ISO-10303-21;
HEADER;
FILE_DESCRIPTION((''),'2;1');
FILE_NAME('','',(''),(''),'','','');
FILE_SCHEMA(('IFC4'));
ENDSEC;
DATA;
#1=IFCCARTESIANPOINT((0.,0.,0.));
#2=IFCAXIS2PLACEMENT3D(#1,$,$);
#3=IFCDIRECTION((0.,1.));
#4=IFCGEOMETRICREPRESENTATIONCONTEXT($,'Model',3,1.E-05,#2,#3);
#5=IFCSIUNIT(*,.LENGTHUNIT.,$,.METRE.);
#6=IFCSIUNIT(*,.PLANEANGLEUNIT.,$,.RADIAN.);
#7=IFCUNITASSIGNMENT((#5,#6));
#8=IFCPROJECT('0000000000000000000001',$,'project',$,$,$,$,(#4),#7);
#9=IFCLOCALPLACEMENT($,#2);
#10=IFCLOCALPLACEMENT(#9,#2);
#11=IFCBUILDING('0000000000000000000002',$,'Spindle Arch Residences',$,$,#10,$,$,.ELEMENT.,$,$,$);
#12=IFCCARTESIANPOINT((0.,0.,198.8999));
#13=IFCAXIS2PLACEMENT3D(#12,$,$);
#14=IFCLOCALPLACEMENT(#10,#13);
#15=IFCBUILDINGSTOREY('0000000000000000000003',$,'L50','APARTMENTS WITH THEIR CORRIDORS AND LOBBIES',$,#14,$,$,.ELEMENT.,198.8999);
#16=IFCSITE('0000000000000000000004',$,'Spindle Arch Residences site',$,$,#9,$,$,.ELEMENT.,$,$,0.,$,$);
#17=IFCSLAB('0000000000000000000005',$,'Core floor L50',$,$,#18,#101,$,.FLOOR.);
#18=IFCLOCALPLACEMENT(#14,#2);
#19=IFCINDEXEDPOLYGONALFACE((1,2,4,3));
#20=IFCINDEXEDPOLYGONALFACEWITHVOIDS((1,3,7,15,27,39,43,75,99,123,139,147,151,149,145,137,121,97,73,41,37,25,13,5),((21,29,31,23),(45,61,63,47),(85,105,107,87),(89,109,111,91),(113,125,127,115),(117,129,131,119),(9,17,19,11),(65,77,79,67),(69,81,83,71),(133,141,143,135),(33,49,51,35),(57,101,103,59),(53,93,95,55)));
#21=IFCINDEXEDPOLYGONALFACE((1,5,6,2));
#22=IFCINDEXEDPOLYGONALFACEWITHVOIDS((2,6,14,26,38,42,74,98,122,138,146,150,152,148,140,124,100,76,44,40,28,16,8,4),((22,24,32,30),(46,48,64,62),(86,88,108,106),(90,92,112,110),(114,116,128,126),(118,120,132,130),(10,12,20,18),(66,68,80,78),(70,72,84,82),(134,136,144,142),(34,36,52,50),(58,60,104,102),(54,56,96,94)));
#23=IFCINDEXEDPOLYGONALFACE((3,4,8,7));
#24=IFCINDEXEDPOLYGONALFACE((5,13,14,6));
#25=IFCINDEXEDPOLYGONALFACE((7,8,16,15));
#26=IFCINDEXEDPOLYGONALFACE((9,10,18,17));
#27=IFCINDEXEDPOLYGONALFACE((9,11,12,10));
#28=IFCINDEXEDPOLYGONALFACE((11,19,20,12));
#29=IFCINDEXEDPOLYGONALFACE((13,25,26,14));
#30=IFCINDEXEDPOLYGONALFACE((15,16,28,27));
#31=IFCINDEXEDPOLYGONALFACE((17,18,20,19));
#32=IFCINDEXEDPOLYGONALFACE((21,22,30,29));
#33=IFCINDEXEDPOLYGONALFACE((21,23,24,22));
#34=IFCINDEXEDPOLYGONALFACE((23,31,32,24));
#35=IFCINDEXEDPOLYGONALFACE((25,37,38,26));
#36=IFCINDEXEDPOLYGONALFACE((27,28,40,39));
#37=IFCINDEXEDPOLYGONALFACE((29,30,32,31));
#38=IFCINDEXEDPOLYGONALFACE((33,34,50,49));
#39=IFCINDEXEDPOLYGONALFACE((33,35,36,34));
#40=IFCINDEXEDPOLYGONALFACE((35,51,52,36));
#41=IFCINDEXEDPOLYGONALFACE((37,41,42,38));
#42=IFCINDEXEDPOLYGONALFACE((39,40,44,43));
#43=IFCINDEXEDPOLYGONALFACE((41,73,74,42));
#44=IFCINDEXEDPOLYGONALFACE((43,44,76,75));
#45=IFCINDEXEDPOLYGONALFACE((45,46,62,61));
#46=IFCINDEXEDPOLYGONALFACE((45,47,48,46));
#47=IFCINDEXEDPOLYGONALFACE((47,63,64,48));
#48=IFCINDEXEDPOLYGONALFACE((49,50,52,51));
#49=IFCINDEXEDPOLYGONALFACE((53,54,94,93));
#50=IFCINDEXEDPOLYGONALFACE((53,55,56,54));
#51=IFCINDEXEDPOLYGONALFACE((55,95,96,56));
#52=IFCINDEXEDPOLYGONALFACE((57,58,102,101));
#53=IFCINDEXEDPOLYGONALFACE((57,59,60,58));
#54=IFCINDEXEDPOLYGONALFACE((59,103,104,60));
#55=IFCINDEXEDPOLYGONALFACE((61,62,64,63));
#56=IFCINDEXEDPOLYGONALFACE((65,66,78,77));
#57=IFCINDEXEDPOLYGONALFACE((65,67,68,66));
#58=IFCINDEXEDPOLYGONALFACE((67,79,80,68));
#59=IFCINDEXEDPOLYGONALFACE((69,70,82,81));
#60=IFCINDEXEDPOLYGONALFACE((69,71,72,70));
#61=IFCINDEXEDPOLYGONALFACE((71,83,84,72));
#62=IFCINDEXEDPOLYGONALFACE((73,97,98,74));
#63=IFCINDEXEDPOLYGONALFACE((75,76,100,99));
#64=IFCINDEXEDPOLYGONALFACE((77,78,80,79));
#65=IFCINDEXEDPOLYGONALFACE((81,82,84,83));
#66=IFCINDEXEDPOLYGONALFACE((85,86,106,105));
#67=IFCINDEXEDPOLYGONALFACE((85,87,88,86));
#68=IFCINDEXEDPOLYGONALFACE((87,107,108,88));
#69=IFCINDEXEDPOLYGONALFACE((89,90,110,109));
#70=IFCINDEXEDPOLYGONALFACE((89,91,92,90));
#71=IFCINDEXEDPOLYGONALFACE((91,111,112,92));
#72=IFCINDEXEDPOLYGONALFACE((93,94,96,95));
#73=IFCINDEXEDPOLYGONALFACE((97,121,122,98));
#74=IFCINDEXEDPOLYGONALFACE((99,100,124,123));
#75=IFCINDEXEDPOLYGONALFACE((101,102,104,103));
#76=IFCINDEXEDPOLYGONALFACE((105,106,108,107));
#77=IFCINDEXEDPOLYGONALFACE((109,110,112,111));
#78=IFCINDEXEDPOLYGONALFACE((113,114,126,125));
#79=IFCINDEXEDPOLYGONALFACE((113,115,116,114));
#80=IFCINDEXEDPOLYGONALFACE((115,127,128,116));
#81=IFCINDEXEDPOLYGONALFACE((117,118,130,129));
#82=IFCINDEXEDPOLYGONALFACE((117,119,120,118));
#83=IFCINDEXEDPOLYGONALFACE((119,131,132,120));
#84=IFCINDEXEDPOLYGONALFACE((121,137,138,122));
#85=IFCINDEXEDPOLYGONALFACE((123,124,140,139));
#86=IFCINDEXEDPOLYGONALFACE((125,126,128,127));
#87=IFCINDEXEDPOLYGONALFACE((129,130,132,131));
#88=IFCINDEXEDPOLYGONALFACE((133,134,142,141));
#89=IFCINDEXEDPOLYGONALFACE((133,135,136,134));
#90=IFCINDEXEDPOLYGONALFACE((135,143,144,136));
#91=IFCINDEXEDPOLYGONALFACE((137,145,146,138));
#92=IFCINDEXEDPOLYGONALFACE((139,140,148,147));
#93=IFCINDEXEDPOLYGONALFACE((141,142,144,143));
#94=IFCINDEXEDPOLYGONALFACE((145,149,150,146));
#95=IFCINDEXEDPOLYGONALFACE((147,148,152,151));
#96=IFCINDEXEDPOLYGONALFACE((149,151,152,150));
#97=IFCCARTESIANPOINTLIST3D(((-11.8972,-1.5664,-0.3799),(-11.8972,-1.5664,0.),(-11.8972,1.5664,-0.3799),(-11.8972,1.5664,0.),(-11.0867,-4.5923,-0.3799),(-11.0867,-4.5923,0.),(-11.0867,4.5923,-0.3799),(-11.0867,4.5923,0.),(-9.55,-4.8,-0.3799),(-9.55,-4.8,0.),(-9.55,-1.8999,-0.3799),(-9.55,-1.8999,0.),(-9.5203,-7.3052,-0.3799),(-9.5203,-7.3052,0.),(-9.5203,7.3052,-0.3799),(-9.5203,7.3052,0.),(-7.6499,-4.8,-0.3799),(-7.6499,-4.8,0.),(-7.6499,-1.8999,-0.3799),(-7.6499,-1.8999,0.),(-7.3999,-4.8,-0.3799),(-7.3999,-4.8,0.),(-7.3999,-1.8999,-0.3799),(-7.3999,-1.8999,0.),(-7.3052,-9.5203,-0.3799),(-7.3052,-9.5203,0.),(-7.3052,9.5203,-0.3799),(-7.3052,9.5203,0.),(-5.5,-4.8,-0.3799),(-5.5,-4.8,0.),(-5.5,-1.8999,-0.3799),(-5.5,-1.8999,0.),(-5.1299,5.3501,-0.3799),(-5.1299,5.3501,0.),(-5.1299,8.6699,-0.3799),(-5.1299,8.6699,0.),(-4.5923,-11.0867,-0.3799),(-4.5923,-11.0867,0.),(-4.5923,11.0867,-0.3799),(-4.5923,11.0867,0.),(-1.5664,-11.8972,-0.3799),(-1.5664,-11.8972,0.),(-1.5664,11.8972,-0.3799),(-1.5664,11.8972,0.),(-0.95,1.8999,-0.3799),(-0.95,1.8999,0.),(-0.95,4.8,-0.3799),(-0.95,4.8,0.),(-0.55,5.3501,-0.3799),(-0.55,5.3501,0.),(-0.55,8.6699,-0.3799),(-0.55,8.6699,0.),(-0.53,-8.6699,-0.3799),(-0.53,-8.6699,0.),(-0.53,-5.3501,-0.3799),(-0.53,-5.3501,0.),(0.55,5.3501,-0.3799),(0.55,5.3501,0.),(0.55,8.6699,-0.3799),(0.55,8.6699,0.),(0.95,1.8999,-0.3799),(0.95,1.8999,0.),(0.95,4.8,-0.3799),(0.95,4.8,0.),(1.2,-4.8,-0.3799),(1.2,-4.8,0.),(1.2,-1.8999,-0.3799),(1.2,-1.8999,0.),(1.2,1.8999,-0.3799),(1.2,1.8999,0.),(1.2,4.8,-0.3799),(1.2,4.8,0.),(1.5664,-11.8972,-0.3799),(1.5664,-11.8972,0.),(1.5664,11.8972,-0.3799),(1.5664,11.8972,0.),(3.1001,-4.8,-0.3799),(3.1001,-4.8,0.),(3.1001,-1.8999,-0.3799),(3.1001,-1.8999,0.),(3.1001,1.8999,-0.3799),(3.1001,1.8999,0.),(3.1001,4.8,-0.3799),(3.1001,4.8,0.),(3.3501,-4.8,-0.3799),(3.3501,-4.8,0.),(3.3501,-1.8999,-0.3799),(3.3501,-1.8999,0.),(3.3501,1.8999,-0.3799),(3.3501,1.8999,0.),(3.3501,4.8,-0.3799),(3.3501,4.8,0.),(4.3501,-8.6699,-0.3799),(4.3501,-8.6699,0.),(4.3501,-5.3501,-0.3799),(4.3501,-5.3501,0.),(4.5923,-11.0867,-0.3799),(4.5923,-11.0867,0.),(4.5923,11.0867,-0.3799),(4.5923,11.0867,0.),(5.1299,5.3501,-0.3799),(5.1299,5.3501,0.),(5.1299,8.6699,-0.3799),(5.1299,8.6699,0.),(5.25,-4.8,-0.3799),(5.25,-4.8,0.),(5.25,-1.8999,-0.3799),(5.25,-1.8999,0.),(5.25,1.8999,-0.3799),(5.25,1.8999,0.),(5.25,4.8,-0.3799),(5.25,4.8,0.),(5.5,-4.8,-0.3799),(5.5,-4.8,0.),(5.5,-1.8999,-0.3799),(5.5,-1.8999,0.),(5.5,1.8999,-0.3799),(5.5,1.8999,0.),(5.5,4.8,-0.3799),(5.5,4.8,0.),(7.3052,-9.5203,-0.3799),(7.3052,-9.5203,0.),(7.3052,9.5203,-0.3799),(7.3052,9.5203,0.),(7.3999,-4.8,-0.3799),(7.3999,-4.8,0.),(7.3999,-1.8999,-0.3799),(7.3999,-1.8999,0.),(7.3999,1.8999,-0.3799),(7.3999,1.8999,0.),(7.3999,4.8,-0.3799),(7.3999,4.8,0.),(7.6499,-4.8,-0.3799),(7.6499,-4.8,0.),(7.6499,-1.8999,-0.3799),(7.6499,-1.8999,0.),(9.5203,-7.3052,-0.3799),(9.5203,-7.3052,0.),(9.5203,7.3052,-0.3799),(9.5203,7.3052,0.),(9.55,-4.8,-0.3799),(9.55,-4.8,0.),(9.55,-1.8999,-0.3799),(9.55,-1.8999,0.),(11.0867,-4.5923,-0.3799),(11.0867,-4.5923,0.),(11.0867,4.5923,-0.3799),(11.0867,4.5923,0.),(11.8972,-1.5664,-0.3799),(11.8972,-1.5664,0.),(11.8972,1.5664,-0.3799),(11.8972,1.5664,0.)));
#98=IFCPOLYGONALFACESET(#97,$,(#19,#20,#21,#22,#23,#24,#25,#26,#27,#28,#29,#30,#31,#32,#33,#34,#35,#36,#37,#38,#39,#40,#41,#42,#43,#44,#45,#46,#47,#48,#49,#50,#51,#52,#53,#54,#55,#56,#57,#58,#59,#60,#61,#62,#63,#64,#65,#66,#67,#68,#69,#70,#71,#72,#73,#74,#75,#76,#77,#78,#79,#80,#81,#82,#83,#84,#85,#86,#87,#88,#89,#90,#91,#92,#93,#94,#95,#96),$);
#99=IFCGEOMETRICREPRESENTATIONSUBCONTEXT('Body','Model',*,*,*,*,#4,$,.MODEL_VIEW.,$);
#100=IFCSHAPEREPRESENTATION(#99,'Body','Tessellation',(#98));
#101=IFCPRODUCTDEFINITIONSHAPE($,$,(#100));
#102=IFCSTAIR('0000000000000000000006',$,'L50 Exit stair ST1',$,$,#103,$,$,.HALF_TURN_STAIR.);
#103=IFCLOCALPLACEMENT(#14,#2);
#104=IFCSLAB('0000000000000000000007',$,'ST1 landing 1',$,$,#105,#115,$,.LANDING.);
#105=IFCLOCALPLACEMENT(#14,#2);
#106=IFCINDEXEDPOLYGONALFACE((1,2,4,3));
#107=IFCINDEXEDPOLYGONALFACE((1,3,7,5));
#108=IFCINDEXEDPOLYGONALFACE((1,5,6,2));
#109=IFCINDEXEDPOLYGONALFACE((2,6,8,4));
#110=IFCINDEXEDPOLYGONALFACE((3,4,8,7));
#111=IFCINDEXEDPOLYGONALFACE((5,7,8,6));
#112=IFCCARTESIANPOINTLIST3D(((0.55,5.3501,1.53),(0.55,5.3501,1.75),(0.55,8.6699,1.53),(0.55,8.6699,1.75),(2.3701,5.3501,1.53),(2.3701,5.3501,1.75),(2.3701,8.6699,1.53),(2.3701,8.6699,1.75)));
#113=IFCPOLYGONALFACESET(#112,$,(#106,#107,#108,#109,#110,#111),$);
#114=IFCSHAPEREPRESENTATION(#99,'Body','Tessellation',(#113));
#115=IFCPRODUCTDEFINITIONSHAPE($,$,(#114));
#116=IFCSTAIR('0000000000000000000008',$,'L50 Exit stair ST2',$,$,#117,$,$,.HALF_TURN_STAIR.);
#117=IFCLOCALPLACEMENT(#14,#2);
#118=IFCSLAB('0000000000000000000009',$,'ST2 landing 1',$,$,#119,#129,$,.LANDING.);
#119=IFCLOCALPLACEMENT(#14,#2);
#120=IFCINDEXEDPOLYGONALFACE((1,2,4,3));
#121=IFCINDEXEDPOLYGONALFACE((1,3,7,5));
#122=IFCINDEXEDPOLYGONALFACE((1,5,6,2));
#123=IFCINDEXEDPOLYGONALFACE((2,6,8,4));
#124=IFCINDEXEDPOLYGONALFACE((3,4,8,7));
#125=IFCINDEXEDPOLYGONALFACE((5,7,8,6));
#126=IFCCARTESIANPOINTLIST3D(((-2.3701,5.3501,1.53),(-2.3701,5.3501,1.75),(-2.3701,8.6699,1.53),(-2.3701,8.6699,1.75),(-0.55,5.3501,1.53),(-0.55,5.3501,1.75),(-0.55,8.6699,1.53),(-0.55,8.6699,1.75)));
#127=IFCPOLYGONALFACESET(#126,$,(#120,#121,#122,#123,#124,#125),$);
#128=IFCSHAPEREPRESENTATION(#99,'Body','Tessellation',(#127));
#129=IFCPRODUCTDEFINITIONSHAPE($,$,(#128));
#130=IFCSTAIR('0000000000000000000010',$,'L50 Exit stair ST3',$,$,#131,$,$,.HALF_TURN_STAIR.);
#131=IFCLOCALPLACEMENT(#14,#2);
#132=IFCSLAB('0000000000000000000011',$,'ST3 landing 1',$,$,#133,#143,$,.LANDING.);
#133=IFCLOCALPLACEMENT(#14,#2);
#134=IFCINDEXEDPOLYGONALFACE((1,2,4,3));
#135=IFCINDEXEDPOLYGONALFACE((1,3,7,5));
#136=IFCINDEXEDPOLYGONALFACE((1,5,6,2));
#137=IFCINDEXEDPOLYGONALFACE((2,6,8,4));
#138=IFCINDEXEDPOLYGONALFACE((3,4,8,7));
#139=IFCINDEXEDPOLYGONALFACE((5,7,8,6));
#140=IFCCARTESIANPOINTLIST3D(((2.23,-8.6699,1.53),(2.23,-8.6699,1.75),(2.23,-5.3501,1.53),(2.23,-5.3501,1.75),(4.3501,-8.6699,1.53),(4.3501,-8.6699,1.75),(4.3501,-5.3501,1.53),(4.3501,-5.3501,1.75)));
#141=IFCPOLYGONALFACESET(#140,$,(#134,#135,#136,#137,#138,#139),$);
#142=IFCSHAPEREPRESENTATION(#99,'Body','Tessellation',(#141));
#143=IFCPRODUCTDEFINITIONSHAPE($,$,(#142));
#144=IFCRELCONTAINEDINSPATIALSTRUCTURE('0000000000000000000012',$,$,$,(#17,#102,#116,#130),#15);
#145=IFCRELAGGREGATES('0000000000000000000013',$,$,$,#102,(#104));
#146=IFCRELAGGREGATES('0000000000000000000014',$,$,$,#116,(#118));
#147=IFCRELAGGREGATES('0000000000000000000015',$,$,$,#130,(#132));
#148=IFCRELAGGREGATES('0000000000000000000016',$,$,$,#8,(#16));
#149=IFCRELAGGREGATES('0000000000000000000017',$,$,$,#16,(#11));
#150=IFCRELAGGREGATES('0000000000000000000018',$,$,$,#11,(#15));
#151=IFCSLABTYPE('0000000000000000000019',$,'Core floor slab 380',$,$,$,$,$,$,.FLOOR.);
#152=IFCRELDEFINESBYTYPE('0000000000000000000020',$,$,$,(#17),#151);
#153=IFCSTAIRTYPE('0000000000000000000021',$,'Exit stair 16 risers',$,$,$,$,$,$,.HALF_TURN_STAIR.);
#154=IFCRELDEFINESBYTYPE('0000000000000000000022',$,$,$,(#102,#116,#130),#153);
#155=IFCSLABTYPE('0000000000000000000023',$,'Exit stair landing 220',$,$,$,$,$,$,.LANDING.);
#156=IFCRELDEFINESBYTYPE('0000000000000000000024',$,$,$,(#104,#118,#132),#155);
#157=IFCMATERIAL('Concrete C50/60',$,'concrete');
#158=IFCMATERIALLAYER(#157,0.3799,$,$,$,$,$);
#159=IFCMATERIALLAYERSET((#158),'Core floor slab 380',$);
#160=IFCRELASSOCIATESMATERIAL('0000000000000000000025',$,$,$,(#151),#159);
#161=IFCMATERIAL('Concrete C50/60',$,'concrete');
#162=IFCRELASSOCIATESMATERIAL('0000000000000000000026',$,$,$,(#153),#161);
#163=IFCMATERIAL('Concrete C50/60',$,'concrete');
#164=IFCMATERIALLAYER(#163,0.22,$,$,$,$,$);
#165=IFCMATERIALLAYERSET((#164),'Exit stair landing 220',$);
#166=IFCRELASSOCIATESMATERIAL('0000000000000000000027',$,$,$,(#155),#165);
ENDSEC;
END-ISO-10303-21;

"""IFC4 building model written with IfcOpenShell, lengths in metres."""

from ifc_helpers import new_model, si_unit, direction, frame, origin, place, context, subcontext, project, spatial, polyline, outline, extrude, material, layer, layer_set, type_object, element, aggregate, save


model = new_model("IFC4")

# Units and contexts
model_context = context("Model", 3, precision=1e-05, world=origin(), true_north=direction((0.0, 1.0)))
body_context = subcontext(model_context, "Body", "Model", "MODEL_VIEW")
ifc_project = project(units=[si_unit("LENGTHUNIT", "METRE"), si_unit("PLANEANGLEUNIT", "RADIAN")], contexts=[model_context])

# Site, building, storey
site_placement = place(None, origin())
site = spatial("IfcSite", under=ifc_project, at=site_placement, Name="Spindle Arch Residences site", CompositionType="ELEMENT", RefElevation=0.0)
building_placement = place(site_placement, origin())
building = spatial("IfcBuilding", under=site, at=building_placement, Name="Spindle Arch Residences", CompositionType="ELEMENT")
storey_placement = place(building_placement, frame((0.0, 0.0, 198.8999)))
storey = spatial("IfcBuildingStorey", under=building, at=storey_placement, Name="L50", Description="APARTMENTS WITH THEIR CORRIDORS AND LOBBIES", CompositionType="ELEMENT", Elevation=198.8999)

# Slab
ifc_material_1 = material(Name="Concrete C50/60", Category="concrete")
ifc_layer_1 = layer(ifc_material_1, 0.3799)
ifc_layer_set_1 = layer_set([ifc_layer_1], Name="Core floor slab 380")
slab_type_1 = type_object("IfcSlabType", Name="Core floor slab 380", PredefinedType="FLOOR", material=ifc_layer_set_1)
slab_1_placement = place(storey_placement, frame((0.0, 0.0, -0.3799)))
element("IfcSlab", 1, at=slab_1_placement, inside=storey, type_object=slab_type_1, Name="Core floor L50", PredefinedType="FLOOR", context=body_context, shape_type="SweptSolid", body=[
    extrude(outline(polyline([(1.5664, -11.8972), (4.5923, -11.0867), (7.3052, -9.5203), (9.5203, -7.3052), (11.0867, -4.5923), (11.8972, -1.5664), (11.8972, 1.5664), (11.0867, 4.5923), (9.5203, 7.3052), (7.3052, 9.5203), (4.5923, 11.0867), (1.5664, 11.8972), (-1.5664, 11.8972), (-4.5923, 11.0867), (-7.3052, 9.5203), (-9.5203, 7.3052), (-11.0867, 4.5923), (-11.8972, 1.5664), (-11.8972, -1.5664), (-11.0867, -4.5923), (-9.5203, -7.3052), (-7.3052, -9.5203), (-4.5923, -11.0867), (-1.5664, -11.8972), (1.5664, -11.8972)]), holes=[polyline([(-0.95, 1.8999), (0.95, 1.8999), (0.95, 4.8), (-0.95, 4.8), (-0.95, 1.8999)]), polyline([(1.2, 1.8999), (3.1001, 1.8999), (3.1001, 4.8), (1.2, 4.8), (1.2, 1.8999)]), polyline([(3.3501, 1.8999), (5.25, 1.8999), (5.25, 4.8), (3.3501, 4.8), (3.3501, 1.8999)]), polyline([(5.5, 1.8999), (7.3999, 1.8999), (7.3999, 4.8), (5.5, 4.8), (5.5, 1.8999)]), polyline([(-9.55, -4.8), (-7.6499, -4.8), (-7.6499, -1.8999), (-9.55, -1.8999), (-9.55, -4.8)]), polyline([(-7.3999, -4.8), (-5.5, -4.8), (-5.5, -1.8999), (-7.3999, -1.8999), (-7.3999, -4.8)]), polyline([(1.2, -4.8), (3.1001, -4.8), (3.1001, -1.8999), (1.2, -1.8999), (1.2, -4.8)]), polyline([(3.3501, -4.8), (5.25, -4.8), (5.25, -1.8999), (3.3501, -1.8999), (3.3501, -4.8)]), polyline([(5.5, -4.8), (7.3999, -4.8), (7.3999, -1.8999), (5.5, -1.8999), (5.5, -4.8)]), polyline([(7.6499, -4.8), (9.55, -4.8), (9.55, -1.8999), (7.6499, -1.8999), (7.6499, -4.8)]), polyline([(5.1299, 8.6699), (0.55, 8.6699), (0.55, 5.3501), (5.1299, 5.3501), (5.1299, 8.6699)]), polyline([(-5.1299, 5.3501), (-0.55, 5.3501), (-0.55, 8.6699), (-5.1299, 8.6699), (-5.1299, 5.3501)]), polyline([(-0.53, -8.6699), (4.3501, -8.6699), (4.3501, -5.3501), (-0.53, -5.3501), (-0.53, -8.6699)])]), origin(), (0.0, 0.0, 1.0), 0.3799),
])

# Stairs, slabs
ifc_material_2 = material(Name="Concrete C50/60", Category="concrete")
stair_type = type_object("IfcStairType", Name="Exit stair 16 risers", PredefinedType="HALF_TURN_STAIR", material=ifc_material_2)
stair_1_placement = place(storey_placement, origin())
stair_1 = element("IfcStair", 2, at=stair_1_placement, inside=storey, type_object=stair_type, Name="L50 Exit stair ST1", PredefinedType="HALF_TURN_STAIR")
ifc_material_3 = material(Name="Concrete C50/60", Category="concrete")
ifc_layer_2 = layer(ifc_material_3, 0.22)
ifc_layer_set_2 = layer_set([ifc_layer_2], Name="Exit stair landing 220")
slab_type_2 = type_object("IfcSlabType", Name="Exit stair landing 220", PredefinedType="LANDING", material=ifc_layer_set_2)
slab_2_placement = place(storey_placement, frame((0.0, 0.0, 1.53)))
slab_2 = element("IfcSlab", 3, at=slab_2_placement, type_object=slab_type_2, Name="ST1 landing 1", PredefinedType="LANDING", context=body_context, shape_type="SweptSolid", body=[
    extrude(outline(polyline([(2.3701, 8.6699), (0.55, 8.6699), (0.55, 5.3501), (2.3701, 5.3501), (2.3701, 8.6699)])), origin(), (0.0, 0.0, 1.0), 0.22),
])
aggregate(stair_1, [slab_2])
stair_2_placement = place(storey_placement, origin())
stair_2 = element("IfcStair", 4, at=stair_2_placement, inside=storey, type_object=stair_type, Name="L50 Exit stair ST2", PredefinedType="HALF_TURN_STAIR")
slab_3_placement = place(storey_placement, frame((0.0, 0.0, 1.53)))
slab_3 = element("IfcSlab", 5, at=slab_3_placement, type_object=slab_type_2, Name="ST2 landing 1", PredefinedType="LANDING", context=body_context, shape_type="SweptSolid", body=[
    extrude(outline(polyline([(-2.3701, 5.3501), (-0.55, 5.3501), (-0.55, 8.6699), (-2.3701, 8.6699), (-2.3701, 5.3501)])), origin(), (0.0, 0.0, 1.0), 0.22),
])
aggregate(stair_2, [slab_3])
stair_3_placement = place(storey_placement, origin())
stair_3 = element("IfcStair", 6, at=stair_3_placement, inside=storey, type_object=stair_type, Name="L50 Exit stair ST3", PredefinedType="HALF_TURN_STAIR")
slab_4_placement = place(storey_placement, frame((0.0, 0.0, 1.53)))
slab_4 = element("IfcSlab", 7, at=slab_4_placement, type_object=slab_type_2, Name="ST3 landing 1", PredefinedType="LANDING", context=body_context, shape_type="SweptSolid", body=[
    extrude(outline(polyline([(2.23, -8.6699), (4.3501, -8.6699), (4.3501, -5.3501), (2.23, -5.3501), (2.23, -8.6699)])), origin(), (0.0, 0.0, 1.0), 0.22),
])

aggregate(stair_3, [slab_4])

save(model, "model.ifc")
